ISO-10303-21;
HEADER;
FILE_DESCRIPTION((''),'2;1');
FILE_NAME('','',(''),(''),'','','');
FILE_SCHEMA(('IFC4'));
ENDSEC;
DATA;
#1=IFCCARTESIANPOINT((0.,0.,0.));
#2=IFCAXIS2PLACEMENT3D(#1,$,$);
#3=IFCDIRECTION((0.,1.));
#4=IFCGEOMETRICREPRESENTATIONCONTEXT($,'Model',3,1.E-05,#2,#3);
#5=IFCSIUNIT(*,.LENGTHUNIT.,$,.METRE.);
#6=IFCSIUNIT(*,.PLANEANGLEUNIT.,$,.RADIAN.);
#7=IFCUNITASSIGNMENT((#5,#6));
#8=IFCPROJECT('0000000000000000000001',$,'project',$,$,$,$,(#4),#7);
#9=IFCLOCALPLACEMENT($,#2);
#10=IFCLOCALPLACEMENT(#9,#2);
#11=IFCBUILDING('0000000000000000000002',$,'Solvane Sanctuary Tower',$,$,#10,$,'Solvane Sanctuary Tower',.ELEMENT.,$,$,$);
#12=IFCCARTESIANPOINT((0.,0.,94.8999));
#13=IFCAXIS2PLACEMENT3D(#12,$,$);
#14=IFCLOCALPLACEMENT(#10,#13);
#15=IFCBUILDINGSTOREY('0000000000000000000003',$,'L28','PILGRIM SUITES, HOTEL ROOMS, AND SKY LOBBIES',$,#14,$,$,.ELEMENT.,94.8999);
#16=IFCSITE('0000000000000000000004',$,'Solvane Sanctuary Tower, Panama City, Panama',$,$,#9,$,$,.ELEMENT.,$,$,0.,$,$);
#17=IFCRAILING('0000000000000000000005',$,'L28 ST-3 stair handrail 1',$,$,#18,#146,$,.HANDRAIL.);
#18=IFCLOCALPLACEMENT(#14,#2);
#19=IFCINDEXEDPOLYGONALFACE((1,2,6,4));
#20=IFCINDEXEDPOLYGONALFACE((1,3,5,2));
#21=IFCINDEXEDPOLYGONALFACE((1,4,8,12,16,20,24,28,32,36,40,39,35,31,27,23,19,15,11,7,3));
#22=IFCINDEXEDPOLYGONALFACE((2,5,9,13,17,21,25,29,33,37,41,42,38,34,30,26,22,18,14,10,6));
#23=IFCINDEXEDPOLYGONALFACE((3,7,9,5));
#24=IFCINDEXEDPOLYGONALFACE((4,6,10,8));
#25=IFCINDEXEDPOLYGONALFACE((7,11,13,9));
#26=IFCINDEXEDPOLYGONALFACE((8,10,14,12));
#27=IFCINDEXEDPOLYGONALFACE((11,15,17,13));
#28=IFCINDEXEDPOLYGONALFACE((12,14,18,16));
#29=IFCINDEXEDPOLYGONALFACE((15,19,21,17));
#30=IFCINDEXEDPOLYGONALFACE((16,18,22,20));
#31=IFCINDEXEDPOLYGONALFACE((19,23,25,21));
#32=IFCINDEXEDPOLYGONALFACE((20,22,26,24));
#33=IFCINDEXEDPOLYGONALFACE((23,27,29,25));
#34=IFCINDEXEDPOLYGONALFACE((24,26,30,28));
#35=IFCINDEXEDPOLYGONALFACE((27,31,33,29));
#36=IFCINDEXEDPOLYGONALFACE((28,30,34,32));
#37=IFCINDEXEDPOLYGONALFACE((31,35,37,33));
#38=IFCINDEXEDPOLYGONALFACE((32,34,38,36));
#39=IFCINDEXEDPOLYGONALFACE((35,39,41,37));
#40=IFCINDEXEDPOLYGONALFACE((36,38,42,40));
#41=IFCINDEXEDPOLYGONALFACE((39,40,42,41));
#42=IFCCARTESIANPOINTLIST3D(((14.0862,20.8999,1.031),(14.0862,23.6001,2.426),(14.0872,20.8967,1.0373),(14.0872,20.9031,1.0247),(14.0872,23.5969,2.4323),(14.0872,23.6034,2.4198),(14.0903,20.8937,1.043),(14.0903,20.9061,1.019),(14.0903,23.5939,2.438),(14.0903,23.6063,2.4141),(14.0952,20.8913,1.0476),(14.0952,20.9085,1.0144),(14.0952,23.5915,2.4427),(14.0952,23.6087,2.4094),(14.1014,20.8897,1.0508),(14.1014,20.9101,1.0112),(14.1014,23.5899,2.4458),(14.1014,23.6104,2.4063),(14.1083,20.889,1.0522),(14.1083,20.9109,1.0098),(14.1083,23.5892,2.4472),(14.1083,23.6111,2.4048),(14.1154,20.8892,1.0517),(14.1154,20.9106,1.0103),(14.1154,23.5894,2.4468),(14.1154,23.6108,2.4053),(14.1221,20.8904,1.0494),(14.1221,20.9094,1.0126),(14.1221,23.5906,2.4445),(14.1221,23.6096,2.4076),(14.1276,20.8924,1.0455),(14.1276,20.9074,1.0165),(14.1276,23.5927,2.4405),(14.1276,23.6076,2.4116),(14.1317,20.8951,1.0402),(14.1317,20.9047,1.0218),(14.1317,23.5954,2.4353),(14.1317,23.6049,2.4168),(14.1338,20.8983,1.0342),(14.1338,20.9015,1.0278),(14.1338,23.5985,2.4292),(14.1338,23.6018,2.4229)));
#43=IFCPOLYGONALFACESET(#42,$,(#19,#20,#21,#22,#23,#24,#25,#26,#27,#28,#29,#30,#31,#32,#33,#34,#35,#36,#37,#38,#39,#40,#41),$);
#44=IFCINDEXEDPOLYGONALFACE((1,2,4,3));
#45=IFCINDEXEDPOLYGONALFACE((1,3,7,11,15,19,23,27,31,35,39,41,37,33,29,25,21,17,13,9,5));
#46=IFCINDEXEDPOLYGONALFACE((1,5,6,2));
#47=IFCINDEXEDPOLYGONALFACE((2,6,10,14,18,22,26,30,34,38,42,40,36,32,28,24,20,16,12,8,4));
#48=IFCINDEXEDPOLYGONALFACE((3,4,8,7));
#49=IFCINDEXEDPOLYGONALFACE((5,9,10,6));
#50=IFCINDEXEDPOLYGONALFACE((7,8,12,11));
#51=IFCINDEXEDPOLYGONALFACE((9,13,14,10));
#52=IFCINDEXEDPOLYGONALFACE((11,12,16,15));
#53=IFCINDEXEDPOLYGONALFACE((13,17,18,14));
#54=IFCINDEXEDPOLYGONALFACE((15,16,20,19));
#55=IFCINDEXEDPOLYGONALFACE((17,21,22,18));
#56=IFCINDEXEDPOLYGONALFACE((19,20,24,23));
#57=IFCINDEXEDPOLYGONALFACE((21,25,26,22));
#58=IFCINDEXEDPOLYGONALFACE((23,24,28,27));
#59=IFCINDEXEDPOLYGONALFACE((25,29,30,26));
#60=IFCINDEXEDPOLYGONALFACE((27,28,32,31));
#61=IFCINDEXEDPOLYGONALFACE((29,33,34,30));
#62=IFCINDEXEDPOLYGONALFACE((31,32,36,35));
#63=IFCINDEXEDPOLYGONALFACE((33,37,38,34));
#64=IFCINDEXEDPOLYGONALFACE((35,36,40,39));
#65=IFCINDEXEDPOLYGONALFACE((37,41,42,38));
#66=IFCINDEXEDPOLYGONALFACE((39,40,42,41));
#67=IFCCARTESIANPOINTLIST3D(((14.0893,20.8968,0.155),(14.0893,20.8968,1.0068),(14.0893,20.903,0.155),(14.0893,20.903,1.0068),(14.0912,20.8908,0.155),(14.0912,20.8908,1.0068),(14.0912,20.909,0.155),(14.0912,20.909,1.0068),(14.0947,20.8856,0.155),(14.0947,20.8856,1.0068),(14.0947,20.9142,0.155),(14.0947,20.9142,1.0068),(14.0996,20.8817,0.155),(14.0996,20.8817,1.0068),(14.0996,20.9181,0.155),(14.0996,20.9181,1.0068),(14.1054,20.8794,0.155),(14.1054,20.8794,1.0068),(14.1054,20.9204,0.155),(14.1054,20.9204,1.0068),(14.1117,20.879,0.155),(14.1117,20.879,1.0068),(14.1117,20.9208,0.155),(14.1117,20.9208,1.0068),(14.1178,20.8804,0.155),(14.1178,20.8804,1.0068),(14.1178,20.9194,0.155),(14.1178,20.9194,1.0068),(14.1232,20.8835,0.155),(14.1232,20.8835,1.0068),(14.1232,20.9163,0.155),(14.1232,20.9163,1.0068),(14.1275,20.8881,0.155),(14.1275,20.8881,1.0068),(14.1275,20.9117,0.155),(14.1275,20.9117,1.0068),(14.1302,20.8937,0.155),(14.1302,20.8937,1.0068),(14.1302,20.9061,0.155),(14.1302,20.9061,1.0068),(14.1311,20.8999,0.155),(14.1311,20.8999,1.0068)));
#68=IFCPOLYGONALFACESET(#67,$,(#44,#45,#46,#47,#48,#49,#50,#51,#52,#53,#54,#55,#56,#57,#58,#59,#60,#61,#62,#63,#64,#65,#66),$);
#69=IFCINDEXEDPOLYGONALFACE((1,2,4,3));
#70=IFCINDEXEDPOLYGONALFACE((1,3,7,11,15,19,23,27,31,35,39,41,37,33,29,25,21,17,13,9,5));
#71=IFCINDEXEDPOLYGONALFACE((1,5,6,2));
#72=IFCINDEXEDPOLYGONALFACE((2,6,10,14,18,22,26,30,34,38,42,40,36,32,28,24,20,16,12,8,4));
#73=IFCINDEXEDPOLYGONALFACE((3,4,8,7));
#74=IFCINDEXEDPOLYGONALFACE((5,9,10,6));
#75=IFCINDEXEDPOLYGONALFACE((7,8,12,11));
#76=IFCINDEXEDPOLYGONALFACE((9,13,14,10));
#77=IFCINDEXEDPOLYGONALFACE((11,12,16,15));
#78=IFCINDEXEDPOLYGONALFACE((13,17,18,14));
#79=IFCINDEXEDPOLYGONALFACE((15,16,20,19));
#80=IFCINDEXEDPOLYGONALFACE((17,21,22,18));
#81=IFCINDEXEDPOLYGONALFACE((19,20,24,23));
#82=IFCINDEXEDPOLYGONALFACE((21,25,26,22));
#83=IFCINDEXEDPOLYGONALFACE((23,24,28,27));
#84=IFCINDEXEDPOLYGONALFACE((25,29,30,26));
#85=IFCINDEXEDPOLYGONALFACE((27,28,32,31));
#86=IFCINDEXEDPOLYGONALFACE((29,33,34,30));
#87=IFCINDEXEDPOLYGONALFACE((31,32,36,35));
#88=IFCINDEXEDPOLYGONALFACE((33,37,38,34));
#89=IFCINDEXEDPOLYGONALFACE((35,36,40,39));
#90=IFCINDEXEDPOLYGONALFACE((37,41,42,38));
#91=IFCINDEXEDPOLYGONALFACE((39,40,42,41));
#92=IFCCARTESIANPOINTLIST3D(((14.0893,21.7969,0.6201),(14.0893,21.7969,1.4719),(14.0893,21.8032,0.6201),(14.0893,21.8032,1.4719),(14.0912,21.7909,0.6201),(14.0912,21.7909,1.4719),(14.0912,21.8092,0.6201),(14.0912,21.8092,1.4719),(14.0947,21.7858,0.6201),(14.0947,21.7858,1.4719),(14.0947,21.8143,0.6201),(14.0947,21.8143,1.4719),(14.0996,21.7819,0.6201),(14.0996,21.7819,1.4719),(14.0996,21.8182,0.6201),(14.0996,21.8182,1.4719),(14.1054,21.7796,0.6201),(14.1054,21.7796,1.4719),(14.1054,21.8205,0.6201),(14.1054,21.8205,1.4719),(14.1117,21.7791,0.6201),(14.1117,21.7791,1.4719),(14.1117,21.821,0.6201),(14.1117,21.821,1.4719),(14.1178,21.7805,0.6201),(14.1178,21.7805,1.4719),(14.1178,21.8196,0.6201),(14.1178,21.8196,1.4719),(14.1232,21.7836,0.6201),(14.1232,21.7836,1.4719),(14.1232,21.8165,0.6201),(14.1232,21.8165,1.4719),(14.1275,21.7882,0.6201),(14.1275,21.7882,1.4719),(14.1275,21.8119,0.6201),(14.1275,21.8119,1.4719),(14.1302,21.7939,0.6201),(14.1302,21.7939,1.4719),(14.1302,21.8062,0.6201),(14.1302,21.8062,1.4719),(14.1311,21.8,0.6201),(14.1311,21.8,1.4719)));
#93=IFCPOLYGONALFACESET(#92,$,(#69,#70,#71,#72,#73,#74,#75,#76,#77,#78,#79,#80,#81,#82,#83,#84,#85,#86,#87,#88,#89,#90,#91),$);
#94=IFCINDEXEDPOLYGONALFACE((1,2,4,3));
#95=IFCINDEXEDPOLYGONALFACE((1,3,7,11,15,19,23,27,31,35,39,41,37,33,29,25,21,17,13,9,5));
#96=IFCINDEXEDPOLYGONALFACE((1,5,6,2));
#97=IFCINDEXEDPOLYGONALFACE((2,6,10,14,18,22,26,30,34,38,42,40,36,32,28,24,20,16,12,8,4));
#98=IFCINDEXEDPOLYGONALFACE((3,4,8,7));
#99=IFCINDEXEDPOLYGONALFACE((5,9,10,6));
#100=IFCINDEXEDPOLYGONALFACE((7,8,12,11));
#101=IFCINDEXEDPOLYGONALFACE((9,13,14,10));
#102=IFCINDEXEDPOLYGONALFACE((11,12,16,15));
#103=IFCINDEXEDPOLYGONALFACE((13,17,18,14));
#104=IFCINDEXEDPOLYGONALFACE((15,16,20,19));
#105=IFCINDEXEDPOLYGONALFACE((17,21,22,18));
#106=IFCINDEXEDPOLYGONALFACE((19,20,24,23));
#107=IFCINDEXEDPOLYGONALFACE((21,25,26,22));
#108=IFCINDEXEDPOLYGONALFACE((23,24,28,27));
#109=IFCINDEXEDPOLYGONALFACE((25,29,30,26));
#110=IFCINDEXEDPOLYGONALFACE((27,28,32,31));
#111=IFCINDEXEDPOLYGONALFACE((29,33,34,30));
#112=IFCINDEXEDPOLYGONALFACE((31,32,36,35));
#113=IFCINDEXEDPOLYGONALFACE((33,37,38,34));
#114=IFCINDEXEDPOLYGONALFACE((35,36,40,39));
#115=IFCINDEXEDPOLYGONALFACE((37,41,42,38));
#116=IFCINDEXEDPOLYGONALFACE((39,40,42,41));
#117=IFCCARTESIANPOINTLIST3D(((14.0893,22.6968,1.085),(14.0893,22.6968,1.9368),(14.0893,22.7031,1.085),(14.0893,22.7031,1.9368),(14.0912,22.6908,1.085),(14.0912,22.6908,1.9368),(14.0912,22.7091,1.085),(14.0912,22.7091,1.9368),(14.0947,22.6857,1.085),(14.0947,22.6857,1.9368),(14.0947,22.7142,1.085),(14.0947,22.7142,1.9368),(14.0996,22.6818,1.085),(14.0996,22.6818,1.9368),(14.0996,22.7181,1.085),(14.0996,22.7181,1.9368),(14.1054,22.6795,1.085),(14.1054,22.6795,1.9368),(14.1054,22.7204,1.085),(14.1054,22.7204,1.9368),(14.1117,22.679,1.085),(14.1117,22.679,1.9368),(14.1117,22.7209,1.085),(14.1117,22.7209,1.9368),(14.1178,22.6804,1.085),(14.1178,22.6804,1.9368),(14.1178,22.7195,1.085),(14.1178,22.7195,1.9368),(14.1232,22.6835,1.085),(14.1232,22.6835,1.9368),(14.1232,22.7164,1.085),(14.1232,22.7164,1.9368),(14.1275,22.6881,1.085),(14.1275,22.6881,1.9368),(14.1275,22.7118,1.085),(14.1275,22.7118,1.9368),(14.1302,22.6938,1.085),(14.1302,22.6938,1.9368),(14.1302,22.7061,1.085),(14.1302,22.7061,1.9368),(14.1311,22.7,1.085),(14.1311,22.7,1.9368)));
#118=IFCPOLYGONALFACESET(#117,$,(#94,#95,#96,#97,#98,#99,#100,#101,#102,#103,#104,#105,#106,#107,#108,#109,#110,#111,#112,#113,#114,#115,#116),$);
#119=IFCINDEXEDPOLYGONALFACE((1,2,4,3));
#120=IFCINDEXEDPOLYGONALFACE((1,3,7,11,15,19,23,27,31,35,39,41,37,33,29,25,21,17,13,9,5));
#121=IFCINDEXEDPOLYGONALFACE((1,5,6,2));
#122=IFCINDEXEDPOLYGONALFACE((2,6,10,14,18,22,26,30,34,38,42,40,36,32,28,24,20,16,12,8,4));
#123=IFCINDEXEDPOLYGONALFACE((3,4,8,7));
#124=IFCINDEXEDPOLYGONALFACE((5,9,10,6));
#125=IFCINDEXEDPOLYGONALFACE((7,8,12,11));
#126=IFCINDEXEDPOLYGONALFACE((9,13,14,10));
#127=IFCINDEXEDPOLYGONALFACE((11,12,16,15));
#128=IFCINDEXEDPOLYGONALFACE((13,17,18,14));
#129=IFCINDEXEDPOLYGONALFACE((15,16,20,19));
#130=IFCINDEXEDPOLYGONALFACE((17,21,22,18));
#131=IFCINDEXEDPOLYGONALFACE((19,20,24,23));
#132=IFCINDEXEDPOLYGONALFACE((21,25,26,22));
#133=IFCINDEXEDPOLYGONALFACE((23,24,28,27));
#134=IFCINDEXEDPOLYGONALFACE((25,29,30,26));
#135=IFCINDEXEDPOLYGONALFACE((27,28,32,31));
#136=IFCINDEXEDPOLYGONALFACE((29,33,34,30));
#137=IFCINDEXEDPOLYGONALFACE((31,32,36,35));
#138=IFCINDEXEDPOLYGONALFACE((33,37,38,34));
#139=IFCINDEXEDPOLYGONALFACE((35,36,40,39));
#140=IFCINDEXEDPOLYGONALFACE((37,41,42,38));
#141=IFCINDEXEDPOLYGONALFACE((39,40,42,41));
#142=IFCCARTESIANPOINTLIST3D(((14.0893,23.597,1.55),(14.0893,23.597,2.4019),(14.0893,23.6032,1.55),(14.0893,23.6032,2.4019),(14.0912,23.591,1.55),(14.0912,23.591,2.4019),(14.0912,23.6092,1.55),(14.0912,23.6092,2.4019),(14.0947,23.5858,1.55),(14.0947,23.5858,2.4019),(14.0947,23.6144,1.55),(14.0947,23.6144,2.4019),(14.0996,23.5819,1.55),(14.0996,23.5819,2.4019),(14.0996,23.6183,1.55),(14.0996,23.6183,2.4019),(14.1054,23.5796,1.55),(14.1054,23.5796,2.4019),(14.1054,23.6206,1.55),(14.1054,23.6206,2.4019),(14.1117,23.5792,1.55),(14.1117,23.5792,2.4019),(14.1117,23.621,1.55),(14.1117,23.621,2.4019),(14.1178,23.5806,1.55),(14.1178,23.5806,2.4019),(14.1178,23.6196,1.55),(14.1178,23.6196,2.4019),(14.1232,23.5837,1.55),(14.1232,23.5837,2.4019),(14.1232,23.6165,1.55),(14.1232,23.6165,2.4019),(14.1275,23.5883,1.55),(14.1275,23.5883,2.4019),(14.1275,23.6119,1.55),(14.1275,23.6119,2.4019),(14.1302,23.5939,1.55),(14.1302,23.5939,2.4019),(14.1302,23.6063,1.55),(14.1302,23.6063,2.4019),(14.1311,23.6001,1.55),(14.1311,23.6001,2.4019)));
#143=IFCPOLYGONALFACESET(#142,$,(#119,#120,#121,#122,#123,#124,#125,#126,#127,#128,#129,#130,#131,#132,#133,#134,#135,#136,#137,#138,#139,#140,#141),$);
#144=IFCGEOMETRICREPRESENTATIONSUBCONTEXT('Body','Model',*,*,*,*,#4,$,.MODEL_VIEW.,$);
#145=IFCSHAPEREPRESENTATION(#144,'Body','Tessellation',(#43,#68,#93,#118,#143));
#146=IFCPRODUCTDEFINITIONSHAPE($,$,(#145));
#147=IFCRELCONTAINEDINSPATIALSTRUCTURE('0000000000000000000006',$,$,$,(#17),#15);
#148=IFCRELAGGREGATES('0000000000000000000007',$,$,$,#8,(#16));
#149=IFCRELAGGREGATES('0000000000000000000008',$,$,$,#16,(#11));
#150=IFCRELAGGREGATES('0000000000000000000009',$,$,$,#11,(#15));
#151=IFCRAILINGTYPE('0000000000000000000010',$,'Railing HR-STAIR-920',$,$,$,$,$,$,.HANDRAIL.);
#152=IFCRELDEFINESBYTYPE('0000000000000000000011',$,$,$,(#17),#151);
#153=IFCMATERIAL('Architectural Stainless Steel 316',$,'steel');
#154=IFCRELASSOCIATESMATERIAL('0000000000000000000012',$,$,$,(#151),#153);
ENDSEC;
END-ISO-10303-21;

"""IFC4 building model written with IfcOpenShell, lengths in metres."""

from ifc_helpers import new_model, si_unit, direction, frame, origin, origin_2d, place, context, subcontext, project, spatial, circle, extrude, material, type_object, element, save


model = new_model("IFC4")

# Units and contexts
model_context = context("Model", 3, precision=1e-05, world=origin(), true_north=direction((0.0, 1.0)))
body_context = subcontext(model_context, "Body", "Model", "MODEL_VIEW")
ifc_project = project(units=[si_unit("LENGTHUNIT", "METRE"), si_unit("PLANEANGLEUNIT", "RADIAN")], contexts=[model_context])

# Site, building, storey
site_placement = place(None, origin())
site = spatial("IfcSite", under=ifc_project, at=site_placement, Name="Solvane Sanctuary Tower, Panama City, Panama", CompositionType="ELEMENT", RefElevation=0.0)
building_placement = place(site_placement, origin())
building = spatial("IfcBuilding", under=site, at=building_placement, Name="Solvane Sanctuary Tower", LongName="Solvane Sanctuary Tower", CompositionType="ELEMENT")
storey_placement = place(building_placement, frame((0.0, 0.0, 94.8999)))
storey = spatial("IfcBuildingStorey", under=building, at=storey_placement, Name="L28", Description="PILGRIM SUITES, HOTEL ROOMS, AND SKY LOBBIES", CompositionType="ELEMENT", Elevation=94.8999)

# Shared definitions
ifc_material_1 = material(Name="Architectural Stainless Steel 316", Category="steel")

# Railing
railing_type_1 = type_object("IfcRailingType", Name="Railing HR-STAIR-920", PredefinedType="HANDRAIL", material=ifc_material_1)
railing_1_placement = place(storey_placement, frame((14.1101, 20.8999, 0.155)))
element("IfcRailing", 1, at=railing_1_placement, inside=storey, type_object=railing_type_1, Name="L28 ST-3 stair handrail 1", PredefinedType="HANDRAIL", context=body_context, shape_type="SweptSolid", body=[
    extrude(circle(Radius=0.0239, at=origin_2d()), frame((0.0, 0.0, 0.876), z_axis=(0.0, 0.888437, 0.458999), x_axis=(-1.0, 0.0, 0.0)), (0.0, 0.0, 1.0), 3.0393),
    extrude(circle(Radius=0.021, at=origin_2d()), origin(), (0.0, 0.0, 1.0), 0.8518),
    extrude(circle(Radius=0.021, at=origin_2d()), frame((0.0, 0.9001, 0.4651)), (0.0, 0.0, 1.0), 0.8518),
    extrude(circle(Radius=0.021, at=origin_2d()), frame((0.0, 1.8, 0.9299)), (0.0, 0.0, 1.0), 0.8518),
    extrude(circle(Radius=0.021, at=origin_2d()), frame((0.0, 2.7002, 1.395)), (0.0, 0.0, 1.0), 0.8518),
])

save(model, "model.ifc")
